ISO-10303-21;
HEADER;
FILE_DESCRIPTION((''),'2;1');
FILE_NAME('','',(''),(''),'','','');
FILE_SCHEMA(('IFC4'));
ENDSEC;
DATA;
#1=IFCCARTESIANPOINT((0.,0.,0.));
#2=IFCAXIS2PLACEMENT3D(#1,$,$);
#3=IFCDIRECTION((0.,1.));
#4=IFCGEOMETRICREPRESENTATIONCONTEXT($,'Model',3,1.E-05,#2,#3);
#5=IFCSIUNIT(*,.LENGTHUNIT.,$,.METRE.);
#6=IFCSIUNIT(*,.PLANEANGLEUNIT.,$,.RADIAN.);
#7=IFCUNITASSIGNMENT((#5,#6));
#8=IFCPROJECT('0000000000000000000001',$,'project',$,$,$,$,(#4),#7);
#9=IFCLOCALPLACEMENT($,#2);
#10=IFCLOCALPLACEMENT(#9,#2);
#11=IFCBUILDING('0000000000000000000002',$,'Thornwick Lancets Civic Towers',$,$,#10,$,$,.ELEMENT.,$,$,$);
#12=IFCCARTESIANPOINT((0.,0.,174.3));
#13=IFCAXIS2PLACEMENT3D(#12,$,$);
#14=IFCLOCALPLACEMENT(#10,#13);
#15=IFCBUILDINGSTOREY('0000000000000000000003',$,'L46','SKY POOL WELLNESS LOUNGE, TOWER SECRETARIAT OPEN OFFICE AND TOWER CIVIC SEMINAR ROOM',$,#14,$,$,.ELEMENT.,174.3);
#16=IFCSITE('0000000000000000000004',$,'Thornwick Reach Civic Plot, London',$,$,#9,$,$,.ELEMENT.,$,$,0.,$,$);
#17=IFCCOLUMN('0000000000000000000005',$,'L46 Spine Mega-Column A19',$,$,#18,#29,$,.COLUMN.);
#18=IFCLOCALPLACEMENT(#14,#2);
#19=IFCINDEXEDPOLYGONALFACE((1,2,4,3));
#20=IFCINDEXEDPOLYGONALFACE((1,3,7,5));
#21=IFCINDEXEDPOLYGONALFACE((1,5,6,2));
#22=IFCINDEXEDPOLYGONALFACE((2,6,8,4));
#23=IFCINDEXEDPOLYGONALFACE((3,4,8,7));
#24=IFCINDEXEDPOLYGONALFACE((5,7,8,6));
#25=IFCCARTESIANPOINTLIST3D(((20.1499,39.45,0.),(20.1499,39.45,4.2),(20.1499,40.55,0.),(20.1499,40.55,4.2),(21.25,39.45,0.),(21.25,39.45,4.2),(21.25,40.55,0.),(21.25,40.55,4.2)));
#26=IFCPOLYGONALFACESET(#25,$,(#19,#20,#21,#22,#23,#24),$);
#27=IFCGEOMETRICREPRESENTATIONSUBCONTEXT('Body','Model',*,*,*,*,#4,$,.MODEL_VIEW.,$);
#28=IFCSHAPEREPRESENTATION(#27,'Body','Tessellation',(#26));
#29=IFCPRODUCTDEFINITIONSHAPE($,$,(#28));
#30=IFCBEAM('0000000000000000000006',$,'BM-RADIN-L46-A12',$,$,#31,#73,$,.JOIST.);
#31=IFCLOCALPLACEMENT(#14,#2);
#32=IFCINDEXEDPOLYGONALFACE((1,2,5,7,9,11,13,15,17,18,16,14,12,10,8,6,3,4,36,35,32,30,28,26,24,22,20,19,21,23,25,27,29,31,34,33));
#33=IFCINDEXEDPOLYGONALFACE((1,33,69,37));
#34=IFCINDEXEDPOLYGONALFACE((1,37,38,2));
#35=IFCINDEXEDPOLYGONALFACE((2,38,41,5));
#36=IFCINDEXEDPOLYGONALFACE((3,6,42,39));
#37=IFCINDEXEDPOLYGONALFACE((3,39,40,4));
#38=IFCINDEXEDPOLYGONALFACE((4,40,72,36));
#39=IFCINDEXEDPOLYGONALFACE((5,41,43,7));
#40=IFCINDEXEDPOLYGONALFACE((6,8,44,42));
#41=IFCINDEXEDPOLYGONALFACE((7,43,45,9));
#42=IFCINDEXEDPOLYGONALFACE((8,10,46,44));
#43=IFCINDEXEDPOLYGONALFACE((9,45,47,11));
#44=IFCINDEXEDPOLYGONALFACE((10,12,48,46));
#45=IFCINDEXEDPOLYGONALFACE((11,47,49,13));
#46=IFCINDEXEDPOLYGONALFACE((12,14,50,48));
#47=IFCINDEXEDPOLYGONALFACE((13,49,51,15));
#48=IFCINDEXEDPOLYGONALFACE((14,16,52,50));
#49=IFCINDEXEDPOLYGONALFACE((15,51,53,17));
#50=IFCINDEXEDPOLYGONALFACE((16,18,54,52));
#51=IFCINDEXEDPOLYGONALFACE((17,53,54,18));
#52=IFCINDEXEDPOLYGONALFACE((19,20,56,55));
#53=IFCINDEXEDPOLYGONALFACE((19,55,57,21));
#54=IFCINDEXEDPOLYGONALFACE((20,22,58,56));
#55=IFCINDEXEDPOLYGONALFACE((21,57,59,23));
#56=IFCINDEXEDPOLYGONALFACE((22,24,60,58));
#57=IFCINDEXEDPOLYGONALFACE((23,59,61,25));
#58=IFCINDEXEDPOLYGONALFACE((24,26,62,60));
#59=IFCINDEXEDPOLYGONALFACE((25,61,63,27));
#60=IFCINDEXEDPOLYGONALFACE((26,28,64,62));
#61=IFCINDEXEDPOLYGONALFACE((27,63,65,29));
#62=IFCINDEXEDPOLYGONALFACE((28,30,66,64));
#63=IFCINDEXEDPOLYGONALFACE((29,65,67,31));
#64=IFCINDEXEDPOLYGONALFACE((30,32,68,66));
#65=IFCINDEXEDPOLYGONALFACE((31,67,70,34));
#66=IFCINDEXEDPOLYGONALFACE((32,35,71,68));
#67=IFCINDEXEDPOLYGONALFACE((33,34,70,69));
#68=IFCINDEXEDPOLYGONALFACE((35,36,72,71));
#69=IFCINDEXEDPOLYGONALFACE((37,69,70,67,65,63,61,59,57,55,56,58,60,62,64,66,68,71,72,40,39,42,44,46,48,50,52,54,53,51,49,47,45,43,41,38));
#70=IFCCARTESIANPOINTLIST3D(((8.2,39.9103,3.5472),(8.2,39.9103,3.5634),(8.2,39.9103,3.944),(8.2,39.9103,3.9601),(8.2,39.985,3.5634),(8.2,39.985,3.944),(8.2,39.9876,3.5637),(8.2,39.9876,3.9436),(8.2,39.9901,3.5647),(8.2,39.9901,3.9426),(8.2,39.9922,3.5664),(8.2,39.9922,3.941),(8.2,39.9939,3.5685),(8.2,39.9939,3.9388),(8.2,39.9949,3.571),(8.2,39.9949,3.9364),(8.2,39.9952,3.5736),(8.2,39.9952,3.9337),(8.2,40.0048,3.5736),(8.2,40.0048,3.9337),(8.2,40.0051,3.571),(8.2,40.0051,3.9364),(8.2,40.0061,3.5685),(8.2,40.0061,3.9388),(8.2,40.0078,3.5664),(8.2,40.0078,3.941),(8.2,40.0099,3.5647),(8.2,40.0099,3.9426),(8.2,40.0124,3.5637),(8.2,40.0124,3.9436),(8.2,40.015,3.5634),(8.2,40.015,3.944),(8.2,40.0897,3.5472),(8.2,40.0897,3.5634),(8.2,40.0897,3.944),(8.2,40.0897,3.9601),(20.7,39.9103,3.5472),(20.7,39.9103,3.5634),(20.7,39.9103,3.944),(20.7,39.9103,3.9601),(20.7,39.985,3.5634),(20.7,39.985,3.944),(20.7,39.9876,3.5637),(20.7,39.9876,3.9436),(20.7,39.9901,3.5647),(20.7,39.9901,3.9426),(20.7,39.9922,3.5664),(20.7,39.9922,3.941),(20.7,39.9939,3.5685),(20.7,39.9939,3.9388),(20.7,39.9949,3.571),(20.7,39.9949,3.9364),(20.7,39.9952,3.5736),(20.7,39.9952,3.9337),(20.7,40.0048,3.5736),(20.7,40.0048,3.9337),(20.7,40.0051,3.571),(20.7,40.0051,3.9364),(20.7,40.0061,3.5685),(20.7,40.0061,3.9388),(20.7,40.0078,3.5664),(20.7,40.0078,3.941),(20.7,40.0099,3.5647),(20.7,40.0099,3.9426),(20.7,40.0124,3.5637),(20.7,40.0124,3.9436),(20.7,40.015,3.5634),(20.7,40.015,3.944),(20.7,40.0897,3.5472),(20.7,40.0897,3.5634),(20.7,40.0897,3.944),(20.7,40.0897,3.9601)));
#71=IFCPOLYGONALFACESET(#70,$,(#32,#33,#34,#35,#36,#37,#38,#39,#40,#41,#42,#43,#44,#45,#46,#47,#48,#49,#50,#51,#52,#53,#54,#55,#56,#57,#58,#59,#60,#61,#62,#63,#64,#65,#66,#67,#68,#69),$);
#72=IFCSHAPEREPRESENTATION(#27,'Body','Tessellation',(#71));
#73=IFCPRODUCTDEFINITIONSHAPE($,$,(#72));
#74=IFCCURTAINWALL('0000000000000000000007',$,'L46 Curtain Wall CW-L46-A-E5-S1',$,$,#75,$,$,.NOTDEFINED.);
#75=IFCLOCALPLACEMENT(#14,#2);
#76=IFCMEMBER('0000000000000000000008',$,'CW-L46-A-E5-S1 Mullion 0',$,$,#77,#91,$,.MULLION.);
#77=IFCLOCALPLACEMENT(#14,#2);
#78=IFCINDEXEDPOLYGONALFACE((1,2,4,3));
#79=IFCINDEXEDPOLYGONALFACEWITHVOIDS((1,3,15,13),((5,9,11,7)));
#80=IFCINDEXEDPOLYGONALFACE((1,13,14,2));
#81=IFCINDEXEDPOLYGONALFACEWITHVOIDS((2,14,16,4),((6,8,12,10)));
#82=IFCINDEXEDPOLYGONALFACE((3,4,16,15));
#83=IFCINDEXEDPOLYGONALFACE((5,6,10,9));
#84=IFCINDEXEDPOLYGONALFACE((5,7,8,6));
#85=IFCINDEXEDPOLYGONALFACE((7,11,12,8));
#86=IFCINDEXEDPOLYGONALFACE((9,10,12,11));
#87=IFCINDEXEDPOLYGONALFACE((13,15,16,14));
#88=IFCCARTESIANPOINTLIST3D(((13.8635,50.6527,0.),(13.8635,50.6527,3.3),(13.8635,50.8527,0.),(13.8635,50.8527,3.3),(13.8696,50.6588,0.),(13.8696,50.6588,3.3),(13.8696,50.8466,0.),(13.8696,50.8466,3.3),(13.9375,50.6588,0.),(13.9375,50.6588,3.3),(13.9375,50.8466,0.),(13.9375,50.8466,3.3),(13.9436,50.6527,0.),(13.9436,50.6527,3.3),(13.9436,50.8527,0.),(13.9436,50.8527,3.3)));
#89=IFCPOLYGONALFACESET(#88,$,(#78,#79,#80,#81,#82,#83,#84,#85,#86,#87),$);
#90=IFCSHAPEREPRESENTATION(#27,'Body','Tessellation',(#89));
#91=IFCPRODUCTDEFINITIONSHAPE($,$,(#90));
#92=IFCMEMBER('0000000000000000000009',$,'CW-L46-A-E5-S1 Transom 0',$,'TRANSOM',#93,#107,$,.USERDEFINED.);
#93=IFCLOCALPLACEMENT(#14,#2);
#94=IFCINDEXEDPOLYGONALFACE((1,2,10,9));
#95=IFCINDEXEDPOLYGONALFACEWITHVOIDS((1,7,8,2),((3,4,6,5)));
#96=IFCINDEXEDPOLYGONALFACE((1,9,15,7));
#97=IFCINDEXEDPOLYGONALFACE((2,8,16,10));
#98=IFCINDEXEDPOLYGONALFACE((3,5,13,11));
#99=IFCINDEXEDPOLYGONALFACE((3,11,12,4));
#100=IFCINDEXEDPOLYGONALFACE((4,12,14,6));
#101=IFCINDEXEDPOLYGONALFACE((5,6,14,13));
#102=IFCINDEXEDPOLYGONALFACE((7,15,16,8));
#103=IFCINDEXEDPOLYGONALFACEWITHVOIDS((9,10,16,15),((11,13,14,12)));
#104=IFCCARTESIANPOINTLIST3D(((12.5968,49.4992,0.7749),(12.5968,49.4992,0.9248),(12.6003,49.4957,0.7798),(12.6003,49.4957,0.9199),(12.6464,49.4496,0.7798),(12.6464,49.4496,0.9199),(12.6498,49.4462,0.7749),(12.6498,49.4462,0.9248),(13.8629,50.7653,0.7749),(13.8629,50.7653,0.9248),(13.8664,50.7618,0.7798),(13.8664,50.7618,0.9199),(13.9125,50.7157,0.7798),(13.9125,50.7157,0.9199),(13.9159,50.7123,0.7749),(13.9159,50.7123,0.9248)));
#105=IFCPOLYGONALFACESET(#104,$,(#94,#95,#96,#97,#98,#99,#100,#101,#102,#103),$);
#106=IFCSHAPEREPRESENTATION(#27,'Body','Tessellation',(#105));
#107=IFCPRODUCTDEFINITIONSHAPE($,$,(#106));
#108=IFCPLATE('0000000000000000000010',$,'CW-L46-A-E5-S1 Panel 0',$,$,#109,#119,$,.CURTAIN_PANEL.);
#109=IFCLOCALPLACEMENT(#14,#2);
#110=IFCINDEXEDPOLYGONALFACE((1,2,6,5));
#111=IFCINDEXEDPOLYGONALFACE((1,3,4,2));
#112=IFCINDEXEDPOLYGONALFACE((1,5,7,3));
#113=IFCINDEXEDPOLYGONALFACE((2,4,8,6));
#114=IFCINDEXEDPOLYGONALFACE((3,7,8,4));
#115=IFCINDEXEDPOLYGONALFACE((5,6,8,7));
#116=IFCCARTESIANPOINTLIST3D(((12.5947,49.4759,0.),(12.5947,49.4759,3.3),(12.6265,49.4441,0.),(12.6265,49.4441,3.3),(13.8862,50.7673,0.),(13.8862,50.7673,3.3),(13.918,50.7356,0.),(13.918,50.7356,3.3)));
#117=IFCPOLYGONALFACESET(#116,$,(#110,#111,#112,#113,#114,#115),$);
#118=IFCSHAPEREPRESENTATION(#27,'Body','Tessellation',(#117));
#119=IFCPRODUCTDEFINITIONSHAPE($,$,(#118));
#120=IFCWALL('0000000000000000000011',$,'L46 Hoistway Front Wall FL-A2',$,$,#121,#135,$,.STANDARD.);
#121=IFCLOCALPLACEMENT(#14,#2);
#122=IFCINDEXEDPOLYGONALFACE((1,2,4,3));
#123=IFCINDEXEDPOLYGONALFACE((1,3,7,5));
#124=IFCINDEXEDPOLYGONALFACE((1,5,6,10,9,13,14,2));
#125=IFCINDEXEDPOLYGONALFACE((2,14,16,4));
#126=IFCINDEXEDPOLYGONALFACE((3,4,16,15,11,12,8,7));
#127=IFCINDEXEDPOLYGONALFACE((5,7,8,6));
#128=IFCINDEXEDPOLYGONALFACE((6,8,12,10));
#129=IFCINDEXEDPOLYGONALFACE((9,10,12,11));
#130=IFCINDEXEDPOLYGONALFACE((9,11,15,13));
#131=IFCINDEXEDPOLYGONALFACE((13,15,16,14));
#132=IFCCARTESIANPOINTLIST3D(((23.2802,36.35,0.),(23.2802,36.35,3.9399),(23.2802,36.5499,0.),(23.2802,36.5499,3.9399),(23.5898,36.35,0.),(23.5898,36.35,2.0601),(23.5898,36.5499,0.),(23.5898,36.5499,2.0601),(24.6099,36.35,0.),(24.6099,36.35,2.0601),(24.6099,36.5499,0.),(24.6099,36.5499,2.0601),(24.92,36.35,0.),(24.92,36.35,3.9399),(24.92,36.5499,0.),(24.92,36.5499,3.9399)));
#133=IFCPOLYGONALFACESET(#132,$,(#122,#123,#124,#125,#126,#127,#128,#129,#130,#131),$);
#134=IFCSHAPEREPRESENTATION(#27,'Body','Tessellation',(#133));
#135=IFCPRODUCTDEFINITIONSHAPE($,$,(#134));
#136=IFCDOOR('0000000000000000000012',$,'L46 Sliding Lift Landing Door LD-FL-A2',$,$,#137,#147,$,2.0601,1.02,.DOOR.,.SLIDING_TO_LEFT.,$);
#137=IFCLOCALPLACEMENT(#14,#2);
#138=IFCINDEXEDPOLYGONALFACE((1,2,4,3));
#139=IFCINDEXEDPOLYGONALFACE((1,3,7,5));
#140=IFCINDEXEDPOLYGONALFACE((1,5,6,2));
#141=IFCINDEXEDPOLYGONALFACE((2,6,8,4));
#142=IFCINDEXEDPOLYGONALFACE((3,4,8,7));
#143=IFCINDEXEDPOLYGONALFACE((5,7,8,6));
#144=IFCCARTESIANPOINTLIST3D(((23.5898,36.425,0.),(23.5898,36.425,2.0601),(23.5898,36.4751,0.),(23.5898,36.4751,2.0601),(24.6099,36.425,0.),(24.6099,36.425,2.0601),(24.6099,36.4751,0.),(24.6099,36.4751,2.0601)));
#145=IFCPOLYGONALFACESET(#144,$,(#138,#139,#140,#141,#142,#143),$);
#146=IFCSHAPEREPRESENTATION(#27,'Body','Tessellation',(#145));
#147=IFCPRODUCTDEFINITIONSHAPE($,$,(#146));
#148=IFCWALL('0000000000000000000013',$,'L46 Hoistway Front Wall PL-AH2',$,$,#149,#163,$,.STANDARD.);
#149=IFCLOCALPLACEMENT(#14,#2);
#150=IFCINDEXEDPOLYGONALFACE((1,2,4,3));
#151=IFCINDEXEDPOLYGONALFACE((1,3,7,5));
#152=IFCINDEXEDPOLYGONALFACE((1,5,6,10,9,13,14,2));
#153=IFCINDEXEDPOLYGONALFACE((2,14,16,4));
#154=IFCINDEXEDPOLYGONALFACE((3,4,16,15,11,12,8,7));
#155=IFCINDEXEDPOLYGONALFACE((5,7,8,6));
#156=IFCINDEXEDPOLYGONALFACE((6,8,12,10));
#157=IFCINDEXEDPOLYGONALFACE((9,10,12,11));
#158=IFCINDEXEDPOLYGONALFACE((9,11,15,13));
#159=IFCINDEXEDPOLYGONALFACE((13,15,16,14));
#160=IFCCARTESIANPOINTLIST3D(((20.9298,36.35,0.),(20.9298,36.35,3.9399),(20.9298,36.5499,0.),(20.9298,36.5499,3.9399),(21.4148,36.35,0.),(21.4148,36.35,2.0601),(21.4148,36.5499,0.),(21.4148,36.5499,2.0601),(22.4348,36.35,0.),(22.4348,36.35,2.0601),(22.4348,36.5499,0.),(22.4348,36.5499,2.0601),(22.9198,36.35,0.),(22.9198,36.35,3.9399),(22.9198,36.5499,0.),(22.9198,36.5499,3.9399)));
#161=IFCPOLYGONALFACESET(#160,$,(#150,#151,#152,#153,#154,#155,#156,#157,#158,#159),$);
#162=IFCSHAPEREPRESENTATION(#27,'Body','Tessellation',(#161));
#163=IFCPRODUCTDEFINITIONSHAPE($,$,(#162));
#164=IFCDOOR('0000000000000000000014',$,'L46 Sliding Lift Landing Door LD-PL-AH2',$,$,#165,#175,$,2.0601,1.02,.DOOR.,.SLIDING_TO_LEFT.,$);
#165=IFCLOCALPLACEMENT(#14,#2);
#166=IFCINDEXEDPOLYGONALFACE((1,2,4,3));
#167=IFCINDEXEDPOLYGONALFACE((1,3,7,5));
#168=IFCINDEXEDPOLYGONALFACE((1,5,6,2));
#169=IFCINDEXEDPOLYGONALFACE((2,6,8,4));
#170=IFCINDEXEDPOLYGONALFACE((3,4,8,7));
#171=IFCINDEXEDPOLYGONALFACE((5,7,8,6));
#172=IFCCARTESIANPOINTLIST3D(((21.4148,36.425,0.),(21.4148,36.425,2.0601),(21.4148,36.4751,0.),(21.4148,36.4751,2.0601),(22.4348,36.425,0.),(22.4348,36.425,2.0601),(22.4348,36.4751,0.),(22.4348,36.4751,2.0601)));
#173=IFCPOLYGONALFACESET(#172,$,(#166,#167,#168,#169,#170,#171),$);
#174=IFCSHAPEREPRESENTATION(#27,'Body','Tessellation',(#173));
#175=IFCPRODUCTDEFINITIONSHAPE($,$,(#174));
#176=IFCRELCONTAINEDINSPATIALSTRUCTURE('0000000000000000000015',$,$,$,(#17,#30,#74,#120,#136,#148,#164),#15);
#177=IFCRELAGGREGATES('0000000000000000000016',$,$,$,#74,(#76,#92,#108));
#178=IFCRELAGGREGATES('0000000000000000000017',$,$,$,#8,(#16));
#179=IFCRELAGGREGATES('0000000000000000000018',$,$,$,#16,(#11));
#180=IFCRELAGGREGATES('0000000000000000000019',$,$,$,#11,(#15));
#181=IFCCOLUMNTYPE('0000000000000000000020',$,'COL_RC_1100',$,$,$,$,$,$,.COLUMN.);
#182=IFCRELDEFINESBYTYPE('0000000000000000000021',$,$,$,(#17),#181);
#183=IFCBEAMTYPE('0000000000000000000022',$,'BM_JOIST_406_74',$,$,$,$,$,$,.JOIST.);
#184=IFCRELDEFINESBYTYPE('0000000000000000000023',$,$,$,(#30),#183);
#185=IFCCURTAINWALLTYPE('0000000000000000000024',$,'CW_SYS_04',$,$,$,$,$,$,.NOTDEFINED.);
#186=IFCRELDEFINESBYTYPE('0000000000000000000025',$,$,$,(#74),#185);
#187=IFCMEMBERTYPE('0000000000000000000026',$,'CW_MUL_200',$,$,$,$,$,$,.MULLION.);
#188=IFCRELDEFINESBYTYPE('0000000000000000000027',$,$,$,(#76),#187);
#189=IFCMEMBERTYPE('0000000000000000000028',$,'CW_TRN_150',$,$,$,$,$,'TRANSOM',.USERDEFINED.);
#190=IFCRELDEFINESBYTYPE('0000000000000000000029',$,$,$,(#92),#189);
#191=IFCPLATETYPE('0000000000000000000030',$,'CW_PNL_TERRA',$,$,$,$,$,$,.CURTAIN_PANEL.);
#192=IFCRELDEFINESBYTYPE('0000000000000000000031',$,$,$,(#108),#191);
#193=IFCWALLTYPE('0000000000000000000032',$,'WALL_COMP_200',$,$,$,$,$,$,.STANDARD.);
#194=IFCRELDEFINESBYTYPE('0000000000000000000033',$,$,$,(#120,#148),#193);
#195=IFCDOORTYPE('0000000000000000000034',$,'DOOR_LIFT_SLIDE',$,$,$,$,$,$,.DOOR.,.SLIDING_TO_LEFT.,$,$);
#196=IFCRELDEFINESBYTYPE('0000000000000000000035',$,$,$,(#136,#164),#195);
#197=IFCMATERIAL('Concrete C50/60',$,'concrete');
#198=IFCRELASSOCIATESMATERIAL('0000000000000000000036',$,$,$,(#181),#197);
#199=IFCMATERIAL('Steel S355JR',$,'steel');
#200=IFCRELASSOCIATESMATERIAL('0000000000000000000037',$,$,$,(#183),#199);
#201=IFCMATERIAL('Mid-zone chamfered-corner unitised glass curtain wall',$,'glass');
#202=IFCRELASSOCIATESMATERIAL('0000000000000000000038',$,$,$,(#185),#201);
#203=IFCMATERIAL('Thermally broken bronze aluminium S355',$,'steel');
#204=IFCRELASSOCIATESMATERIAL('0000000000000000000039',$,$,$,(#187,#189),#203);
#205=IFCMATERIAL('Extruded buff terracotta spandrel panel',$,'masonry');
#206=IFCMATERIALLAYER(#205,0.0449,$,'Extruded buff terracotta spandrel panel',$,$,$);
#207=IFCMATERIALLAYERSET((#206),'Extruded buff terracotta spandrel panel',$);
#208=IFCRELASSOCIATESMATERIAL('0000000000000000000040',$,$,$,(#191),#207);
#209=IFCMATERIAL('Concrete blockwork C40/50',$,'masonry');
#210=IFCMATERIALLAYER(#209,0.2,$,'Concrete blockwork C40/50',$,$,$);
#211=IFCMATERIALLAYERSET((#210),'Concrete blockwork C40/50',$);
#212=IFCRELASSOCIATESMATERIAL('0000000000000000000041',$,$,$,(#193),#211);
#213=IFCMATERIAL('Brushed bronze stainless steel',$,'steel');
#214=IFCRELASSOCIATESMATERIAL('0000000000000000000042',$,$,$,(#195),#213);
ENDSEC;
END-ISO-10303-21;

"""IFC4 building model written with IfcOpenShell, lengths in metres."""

from ifc_helpers import new_model, si_unit, direction, frame, frame_2d, origin, origin_2d, place, context, subcontext, project, spatial, rectangle, hollow_rectangle, i_section, extrude, material, layer, layer_set, material_profile, profile_set, type_object, element, fill, aggregate, save


model = new_model("IFC4")

# Units and contexts
model_context = context("Model", 3, precision=1e-05, world=origin(), true_north=direction((0.0, 1.0)))
body_context = subcontext(model_context, "Body", "Model", "MODEL_VIEW")
ifc_project = project(units=[si_unit("LENGTHUNIT", "METRE"), si_unit("PLANEANGLEUNIT", "RADIAN")], contexts=[model_context])

# Site, building, storey
site_placement = place(None, origin())
site = spatial("IfcSite", under=ifc_project, at=site_placement, Name="Thornwick Reach Civic Plot, London", CompositionType="ELEMENT", RefElevation=0.0)
building_placement = place(site_placement, origin())
building = spatial("IfcBuilding", under=site, at=building_placement, Name="Thornwick Lancets Civic Towers", CompositionType="ELEMENT")
storey_placement = place(building_placement, frame((0.0, 0.0, 174.3)))
storey = spatial("IfcBuildingStorey", under=building, at=storey_placement, Name="L46", Description="SKY POOL WELLNESS LOUNGE, TOWER SECRETARIAT OPEN OFFICE AND TOWER CIVIC SEMINAR ROOM", CompositionType="ELEMENT", Elevation=174.3)

# Column
ifc_material_1 = material(Name="Concrete C50/60", Category="concrete")
ifc_material_profile_1 = material_profile(ifc_material_1, rectangle(XDim=1.1001, YDim=1.1001, at=origin_2d()), Name="RC 1100x1100")
ifc_profile_set_1 = profile_set([ifc_material_profile_1], Name="Concrete C50/60")
column_type = type_object("IfcColumnType", Name="COL_RC_1100", PredefinedType="COLUMN", material=ifc_profile_set_1)
column_placement = place(storey_placement, frame((20.7, 40.0, 0.0), z_axis=(0.0, 0.0, 1.0), x_axis=(1.0, 0.0, 0.0)))
element("IfcColumn", 1, at=column_placement, inside=storey, type_object=column_type, Name="L46 Spine Mega-Column A19", PredefinedType="COLUMN", context=body_context, shape_type="SweptSolid", body=[
    extrude(rectangle(XDim=1.1001, YDim=1.1001, at=origin_2d()), origin(), (0.0, 0.0, 1.0), 4.2),
])

# Beam
ifc_material_2 = material(Name="Steel S355JR", Category="steel")
ifc_material_profile_2 = material_profile(ifc_material_2, i_section(OverallWidth=0.1794, OverallDepth=0.4128, WebThickness=0.0095, FlangeThickness=0.0161, FilletRadius=0.0103, at=origin_2d()), Name="UKB 406x178x74")
ifc_profile_set_2 = profile_set([ifc_material_profile_2], Name="Steel S355JR")
beam_type = type_object("IfcBeamType", Name="BM_JOIST_406_74", PredefinedType="JOIST", material=ifc_profile_set_2)
beam_placement = place(storey_placement, frame((20.7, 40.0, 3.7537), z_axis=(-1.0, 0.0, 0.0), x_axis=(0.0, -1.0, 0.0)))
element("IfcBeam", 2, at=beam_placement, inside=storey, type_object=beam_type, Name="BM-RADIN-L46-A12", PredefinedType="JOIST", context=body_context, shape_type="SweptSolid", body=[
    extrude(i_section(OverallWidth=0.1794, OverallDepth=0.4128, WebThickness=0.0095, FlangeThickness=0.0161, FilletRadius=0.0103, at=origin_2d()), origin(), (0.0, 0.0, 1.0), 12.5),
])

# Curtain wall, members, plate
ifc_material_3 = material(Name="Mid-zone chamfered-corner unitised glass curtain wall", Category="glass")
curtain_wall_type = type_object("IfcCurtainWallType", Name="CW_SYS_04", PredefinedType="NOTDEFINED", material=ifc_material_3)
curtain_wall_placement = place(storey_placement, origin())
curtain_wall = element("IfcCurtainWall", 3, at=curtain_wall_placement, inside=storey, type_object=curtain_wall_type, Name="L46 Curtain Wall CW-L46-A-E5-S1", PredefinedType="NOTDEFINED")
ifc_material_4 = material(Name="Thermally broken bronze aluminium S355", Category="steel")
ifc_material_profile_3 = material_profile(ifc_material_4, hollow_rectangle(XDim=0.0801, YDim=0.2, WallThickness=0.0061, at=origin_2d()), Name="RHS 200x80x6")
ifc_profile_set_3 = profile_set([ifc_material_profile_3], Name="Thermally broken bronze aluminium S355")
member_type_1 = type_object("IfcMemberType", Name="CW_MUL_200", PredefinedType="MULLION", material=ifc_profile_set_3)
member_1_placement = place(storey_placement, frame((13.9036, 50.7527, 0.0), z_axis=(0.0, 0.0, 1.0), x_axis=(1.0, 0.0, 0.0)))
member_1 = element("IfcMember", 4, at=member_1_placement, type_object=member_type_1, Name="CW-L46-A-E5-S1 Mullion 0", PredefinedType="MULLION", context=body_context, shape_type="SweptSolid", body=[
    extrude(hollow_rectangle(XDim=0.0801, YDim=0.2, WallThickness=0.0061, at=origin_2d()), origin(), (0.0, 0.0, 1.0), 3.3),
])
ifc_material_profile_4 = material_profile(ifc_material_4, hollow_rectangle(XDim=0.075, YDim=0.1499, WallThickness=0.0049, at=origin_2d()), Name="RHS 150x75x5")
ifc_profile_set_4 = profile_set([ifc_material_profile_4], Name="Thermally broken bronze aluminium S355")
member_type_2 = type_object("IfcMemberType", Name="CW_TRN_150", ElementType="TRANSOM", PredefinedType="USERDEFINED", material=ifc_profile_set_4)
member_2_placement = place(storey_placement, frame((13.8894, 50.7388, 0.8499), z_axis=(-0.707107, -0.707107, 0.0), x_axis=(0.707107, -0.707107, 0.0)))
member_2 = element("IfcMember", 5, at=member_2_placement, type_object=member_type_2, Name="CW-L46-A-E5-S1 Transom 0", ObjectType="TRANSOM", PredefinedType="USERDEFINED", context=body_context, shape_type="SweptSolid", body=[
    extrude(hollow_rectangle(XDim=0.075, YDim=0.1499, WallThickness=0.0049, at=origin_2d()), origin(), (0.0, 0.0, 1.0), 1.7905),
])
ifc_material_5 = material(Name="Extruded buff terracotta spandrel panel", Category="masonry")
ifc_layer_1 = layer(ifc_material_5, 0.0449, Name="Extruded buff terracotta spandrel panel")
ifc_layer_set_1 = layer_set([ifc_layer_1], Name="Extruded buff terracotta spandrel panel")
plate_type = type_object("IfcPlateType", Name="CW_PNL_TERRA", PredefinedType="CURTAIN_PANEL", material=ifc_layer_set_1)
plate_placement = place(storey_placement, frame((13.2563, 50.1057, 0.0), z_axis=(0.0, 0.0, 1.0), x_axis=(-0.707107, -0.707107, 0.0)))
plate = element("IfcPlate", 6, at=plate_placement, type_object=plate_type, Name="CW-L46-A-E5-S1 Panel 0", PredefinedType="CURTAIN_PANEL", context=body_context, shape_type="SweptSolid", body=[
    extrude(rectangle(XDim=1.8264, YDim=0.0449, at=origin_2d()), origin(), (0.0, 0.0, 1.0), 3.3),
])
aggregate(curtain_wall, [member_1, member_2, plate])

# Walls, openings, doors
ifc_material_6 = material(Name="Concrete blockwork C40/50", Category="masonry")
ifc_layer_2 = layer(ifc_material_6, 0.2, Name="Concrete blockwork C40/50")
ifc_layer_set_2 = layer_set([ifc_layer_2], Name="Concrete blockwork C40/50")
wall_type_1 = type_object("IfcWallType", Name="WALL_COMP_200", PredefinedType="STANDARD", material=ifc_layer_set_2)
wall_1_placement = place(storey_placement, frame((24.9199, 36.45, 0.0), z_axis=(0.0, 0.0, 1.0), x_axis=(-1.0, 0.0, 0.0)))
wall_1 = element("IfcWall", 7, at=wall_1_placement, inside=storey, type_object=wall_type_1, Name="L46 Hoistway Front Wall FL-A2", PredefinedType="STANDARD", context=body_context, shape_type="SweptSolid", body=[
    extrude(rectangle(XDim=1.6399, YDim=0.2, at=frame_2d((0.8198, 0.0))), origin(), (0.0, 0.0, 1.0), 3.9399),
])
opening_1_placement = place(wall_1_placement, frame((0.3101, 0.0, 0.0)))
opening_1 = element("IfcOpeningElement", 8, at=opening_1_placement, cuts=wall_1, PredefinedType="OPENING", context=body_context, shape_type="SweptSolid", body=[
    extrude(rectangle(XDim=1.02, YDim=2.0601, at=frame_2d((0.51, 1.03))), frame((0.0, 0.1099, 0.0), z_axis=(0.0, -1.0, 0.0), x_axis=(1.0, 0.0, 0.0)), (0.0, 0.0, 1.0), 0.22),
])
ifc_material_7 = material(Name="Brushed bronze stainless steel", Category="steel")
door_type = type_object("IfcDoorType", Name="DOOR_LIFT_SLIDE", OperationType="SLIDING_TO_LEFT", PredefinedType="DOOR", material=ifc_material_7)
door_1_placement = place(opening_1_placement, origin())
door_1 = element("IfcDoor", 9, at=door_1_placement, inside=storey, type_object=door_type, Name="L46 Sliding Lift Landing Door LD-FL-A2", OperationType="SLIDING_TO_LEFT", OverallHeight=2.0601, OverallWidth=1.02, PredefinedType="DOOR", context=body_context, shape_type="SweptSolid", body=[
    extrude(rectangle(XDim=1.02, YDim=2.0601, at=frame_2d((0.51, 1.03))), frame((0.0, 0.0249, 0.0), z_axis=(0.0, -1.0, 0.0), x_axis=(1.0, 0.0, 0.0)), (0.0, 0.0, 1.0), 0.05),
])
fill(opening_1, door_1)
wall_2_placement = place(storey_placement, frame((22.9199, 36.45, 0.0), z_axis=(0.0, 0.0, 1.0), x_axis=(-1.0, 0.0, 0.0)))
wall_2 = element("IfcWall", 10, at=wall_2_placement, inside=storey, type_object=wall_type_1, Name="L46 Hoistway Front Wall PL-AH2", PredefinedType="STANDARD", context=body_context, shape_type="SweptSolid", body=[
    extrude(rectangle(XDim=1.99, YDim=0.2, at=frame_2d((0.9951, 0.0))), origin(), (0.0, 0.0, 1.0), 3.9399),
])
opening_2_placement = place(wall_2_placement, frame((0.4851, 0.0, 0.0)))
opening_2 = element("IfcOpeningElement", 11, at=opening_2_placement, cuts=wall_2, PredefinedType="OPENING", context=body_context, shape_type="SweptSolid", body=[
    extrude(rectangle(XDim=1.02, YDim=2.0601, at=frame_2d((0.51, 1.03))), frame((0.0, 0.1099, 0.0), z_axis=(0.0, -1.0, 0.0), x_axis=(1.0, 0.0, 0.0)), (0.0, 0.0, 1.0), 0.22),
])
door_2_placement = place(opening_2_placement, origin())
door_2 = element("IfcDoor", 12, at=door_2_placement, inside=storey, type_object=door_type, Name="L46 Sliding Lift Landing Door LD-PL-AH2", OperationType="SLIDING_TO_LEFT", OverallHeight=2.0601, OverallWidth=1.02, PredefinedType="DOOR", context=body_context, shape_type="SweptSolid", body=[
    extrude(rectangle(XDim=1.02, YDim=2.0601, at=frame_2d((0.51, 1.03))), frame((0.0, 0.0249, 0.0), z_axis=(0.0, -1.0, 0.0), x_axis=(1.0, 0.0, 0.0)), (0.0, 0.0, 1.0), 0.05),
])
fill(opening_2, door_2)

save(model, "model.ifc")
